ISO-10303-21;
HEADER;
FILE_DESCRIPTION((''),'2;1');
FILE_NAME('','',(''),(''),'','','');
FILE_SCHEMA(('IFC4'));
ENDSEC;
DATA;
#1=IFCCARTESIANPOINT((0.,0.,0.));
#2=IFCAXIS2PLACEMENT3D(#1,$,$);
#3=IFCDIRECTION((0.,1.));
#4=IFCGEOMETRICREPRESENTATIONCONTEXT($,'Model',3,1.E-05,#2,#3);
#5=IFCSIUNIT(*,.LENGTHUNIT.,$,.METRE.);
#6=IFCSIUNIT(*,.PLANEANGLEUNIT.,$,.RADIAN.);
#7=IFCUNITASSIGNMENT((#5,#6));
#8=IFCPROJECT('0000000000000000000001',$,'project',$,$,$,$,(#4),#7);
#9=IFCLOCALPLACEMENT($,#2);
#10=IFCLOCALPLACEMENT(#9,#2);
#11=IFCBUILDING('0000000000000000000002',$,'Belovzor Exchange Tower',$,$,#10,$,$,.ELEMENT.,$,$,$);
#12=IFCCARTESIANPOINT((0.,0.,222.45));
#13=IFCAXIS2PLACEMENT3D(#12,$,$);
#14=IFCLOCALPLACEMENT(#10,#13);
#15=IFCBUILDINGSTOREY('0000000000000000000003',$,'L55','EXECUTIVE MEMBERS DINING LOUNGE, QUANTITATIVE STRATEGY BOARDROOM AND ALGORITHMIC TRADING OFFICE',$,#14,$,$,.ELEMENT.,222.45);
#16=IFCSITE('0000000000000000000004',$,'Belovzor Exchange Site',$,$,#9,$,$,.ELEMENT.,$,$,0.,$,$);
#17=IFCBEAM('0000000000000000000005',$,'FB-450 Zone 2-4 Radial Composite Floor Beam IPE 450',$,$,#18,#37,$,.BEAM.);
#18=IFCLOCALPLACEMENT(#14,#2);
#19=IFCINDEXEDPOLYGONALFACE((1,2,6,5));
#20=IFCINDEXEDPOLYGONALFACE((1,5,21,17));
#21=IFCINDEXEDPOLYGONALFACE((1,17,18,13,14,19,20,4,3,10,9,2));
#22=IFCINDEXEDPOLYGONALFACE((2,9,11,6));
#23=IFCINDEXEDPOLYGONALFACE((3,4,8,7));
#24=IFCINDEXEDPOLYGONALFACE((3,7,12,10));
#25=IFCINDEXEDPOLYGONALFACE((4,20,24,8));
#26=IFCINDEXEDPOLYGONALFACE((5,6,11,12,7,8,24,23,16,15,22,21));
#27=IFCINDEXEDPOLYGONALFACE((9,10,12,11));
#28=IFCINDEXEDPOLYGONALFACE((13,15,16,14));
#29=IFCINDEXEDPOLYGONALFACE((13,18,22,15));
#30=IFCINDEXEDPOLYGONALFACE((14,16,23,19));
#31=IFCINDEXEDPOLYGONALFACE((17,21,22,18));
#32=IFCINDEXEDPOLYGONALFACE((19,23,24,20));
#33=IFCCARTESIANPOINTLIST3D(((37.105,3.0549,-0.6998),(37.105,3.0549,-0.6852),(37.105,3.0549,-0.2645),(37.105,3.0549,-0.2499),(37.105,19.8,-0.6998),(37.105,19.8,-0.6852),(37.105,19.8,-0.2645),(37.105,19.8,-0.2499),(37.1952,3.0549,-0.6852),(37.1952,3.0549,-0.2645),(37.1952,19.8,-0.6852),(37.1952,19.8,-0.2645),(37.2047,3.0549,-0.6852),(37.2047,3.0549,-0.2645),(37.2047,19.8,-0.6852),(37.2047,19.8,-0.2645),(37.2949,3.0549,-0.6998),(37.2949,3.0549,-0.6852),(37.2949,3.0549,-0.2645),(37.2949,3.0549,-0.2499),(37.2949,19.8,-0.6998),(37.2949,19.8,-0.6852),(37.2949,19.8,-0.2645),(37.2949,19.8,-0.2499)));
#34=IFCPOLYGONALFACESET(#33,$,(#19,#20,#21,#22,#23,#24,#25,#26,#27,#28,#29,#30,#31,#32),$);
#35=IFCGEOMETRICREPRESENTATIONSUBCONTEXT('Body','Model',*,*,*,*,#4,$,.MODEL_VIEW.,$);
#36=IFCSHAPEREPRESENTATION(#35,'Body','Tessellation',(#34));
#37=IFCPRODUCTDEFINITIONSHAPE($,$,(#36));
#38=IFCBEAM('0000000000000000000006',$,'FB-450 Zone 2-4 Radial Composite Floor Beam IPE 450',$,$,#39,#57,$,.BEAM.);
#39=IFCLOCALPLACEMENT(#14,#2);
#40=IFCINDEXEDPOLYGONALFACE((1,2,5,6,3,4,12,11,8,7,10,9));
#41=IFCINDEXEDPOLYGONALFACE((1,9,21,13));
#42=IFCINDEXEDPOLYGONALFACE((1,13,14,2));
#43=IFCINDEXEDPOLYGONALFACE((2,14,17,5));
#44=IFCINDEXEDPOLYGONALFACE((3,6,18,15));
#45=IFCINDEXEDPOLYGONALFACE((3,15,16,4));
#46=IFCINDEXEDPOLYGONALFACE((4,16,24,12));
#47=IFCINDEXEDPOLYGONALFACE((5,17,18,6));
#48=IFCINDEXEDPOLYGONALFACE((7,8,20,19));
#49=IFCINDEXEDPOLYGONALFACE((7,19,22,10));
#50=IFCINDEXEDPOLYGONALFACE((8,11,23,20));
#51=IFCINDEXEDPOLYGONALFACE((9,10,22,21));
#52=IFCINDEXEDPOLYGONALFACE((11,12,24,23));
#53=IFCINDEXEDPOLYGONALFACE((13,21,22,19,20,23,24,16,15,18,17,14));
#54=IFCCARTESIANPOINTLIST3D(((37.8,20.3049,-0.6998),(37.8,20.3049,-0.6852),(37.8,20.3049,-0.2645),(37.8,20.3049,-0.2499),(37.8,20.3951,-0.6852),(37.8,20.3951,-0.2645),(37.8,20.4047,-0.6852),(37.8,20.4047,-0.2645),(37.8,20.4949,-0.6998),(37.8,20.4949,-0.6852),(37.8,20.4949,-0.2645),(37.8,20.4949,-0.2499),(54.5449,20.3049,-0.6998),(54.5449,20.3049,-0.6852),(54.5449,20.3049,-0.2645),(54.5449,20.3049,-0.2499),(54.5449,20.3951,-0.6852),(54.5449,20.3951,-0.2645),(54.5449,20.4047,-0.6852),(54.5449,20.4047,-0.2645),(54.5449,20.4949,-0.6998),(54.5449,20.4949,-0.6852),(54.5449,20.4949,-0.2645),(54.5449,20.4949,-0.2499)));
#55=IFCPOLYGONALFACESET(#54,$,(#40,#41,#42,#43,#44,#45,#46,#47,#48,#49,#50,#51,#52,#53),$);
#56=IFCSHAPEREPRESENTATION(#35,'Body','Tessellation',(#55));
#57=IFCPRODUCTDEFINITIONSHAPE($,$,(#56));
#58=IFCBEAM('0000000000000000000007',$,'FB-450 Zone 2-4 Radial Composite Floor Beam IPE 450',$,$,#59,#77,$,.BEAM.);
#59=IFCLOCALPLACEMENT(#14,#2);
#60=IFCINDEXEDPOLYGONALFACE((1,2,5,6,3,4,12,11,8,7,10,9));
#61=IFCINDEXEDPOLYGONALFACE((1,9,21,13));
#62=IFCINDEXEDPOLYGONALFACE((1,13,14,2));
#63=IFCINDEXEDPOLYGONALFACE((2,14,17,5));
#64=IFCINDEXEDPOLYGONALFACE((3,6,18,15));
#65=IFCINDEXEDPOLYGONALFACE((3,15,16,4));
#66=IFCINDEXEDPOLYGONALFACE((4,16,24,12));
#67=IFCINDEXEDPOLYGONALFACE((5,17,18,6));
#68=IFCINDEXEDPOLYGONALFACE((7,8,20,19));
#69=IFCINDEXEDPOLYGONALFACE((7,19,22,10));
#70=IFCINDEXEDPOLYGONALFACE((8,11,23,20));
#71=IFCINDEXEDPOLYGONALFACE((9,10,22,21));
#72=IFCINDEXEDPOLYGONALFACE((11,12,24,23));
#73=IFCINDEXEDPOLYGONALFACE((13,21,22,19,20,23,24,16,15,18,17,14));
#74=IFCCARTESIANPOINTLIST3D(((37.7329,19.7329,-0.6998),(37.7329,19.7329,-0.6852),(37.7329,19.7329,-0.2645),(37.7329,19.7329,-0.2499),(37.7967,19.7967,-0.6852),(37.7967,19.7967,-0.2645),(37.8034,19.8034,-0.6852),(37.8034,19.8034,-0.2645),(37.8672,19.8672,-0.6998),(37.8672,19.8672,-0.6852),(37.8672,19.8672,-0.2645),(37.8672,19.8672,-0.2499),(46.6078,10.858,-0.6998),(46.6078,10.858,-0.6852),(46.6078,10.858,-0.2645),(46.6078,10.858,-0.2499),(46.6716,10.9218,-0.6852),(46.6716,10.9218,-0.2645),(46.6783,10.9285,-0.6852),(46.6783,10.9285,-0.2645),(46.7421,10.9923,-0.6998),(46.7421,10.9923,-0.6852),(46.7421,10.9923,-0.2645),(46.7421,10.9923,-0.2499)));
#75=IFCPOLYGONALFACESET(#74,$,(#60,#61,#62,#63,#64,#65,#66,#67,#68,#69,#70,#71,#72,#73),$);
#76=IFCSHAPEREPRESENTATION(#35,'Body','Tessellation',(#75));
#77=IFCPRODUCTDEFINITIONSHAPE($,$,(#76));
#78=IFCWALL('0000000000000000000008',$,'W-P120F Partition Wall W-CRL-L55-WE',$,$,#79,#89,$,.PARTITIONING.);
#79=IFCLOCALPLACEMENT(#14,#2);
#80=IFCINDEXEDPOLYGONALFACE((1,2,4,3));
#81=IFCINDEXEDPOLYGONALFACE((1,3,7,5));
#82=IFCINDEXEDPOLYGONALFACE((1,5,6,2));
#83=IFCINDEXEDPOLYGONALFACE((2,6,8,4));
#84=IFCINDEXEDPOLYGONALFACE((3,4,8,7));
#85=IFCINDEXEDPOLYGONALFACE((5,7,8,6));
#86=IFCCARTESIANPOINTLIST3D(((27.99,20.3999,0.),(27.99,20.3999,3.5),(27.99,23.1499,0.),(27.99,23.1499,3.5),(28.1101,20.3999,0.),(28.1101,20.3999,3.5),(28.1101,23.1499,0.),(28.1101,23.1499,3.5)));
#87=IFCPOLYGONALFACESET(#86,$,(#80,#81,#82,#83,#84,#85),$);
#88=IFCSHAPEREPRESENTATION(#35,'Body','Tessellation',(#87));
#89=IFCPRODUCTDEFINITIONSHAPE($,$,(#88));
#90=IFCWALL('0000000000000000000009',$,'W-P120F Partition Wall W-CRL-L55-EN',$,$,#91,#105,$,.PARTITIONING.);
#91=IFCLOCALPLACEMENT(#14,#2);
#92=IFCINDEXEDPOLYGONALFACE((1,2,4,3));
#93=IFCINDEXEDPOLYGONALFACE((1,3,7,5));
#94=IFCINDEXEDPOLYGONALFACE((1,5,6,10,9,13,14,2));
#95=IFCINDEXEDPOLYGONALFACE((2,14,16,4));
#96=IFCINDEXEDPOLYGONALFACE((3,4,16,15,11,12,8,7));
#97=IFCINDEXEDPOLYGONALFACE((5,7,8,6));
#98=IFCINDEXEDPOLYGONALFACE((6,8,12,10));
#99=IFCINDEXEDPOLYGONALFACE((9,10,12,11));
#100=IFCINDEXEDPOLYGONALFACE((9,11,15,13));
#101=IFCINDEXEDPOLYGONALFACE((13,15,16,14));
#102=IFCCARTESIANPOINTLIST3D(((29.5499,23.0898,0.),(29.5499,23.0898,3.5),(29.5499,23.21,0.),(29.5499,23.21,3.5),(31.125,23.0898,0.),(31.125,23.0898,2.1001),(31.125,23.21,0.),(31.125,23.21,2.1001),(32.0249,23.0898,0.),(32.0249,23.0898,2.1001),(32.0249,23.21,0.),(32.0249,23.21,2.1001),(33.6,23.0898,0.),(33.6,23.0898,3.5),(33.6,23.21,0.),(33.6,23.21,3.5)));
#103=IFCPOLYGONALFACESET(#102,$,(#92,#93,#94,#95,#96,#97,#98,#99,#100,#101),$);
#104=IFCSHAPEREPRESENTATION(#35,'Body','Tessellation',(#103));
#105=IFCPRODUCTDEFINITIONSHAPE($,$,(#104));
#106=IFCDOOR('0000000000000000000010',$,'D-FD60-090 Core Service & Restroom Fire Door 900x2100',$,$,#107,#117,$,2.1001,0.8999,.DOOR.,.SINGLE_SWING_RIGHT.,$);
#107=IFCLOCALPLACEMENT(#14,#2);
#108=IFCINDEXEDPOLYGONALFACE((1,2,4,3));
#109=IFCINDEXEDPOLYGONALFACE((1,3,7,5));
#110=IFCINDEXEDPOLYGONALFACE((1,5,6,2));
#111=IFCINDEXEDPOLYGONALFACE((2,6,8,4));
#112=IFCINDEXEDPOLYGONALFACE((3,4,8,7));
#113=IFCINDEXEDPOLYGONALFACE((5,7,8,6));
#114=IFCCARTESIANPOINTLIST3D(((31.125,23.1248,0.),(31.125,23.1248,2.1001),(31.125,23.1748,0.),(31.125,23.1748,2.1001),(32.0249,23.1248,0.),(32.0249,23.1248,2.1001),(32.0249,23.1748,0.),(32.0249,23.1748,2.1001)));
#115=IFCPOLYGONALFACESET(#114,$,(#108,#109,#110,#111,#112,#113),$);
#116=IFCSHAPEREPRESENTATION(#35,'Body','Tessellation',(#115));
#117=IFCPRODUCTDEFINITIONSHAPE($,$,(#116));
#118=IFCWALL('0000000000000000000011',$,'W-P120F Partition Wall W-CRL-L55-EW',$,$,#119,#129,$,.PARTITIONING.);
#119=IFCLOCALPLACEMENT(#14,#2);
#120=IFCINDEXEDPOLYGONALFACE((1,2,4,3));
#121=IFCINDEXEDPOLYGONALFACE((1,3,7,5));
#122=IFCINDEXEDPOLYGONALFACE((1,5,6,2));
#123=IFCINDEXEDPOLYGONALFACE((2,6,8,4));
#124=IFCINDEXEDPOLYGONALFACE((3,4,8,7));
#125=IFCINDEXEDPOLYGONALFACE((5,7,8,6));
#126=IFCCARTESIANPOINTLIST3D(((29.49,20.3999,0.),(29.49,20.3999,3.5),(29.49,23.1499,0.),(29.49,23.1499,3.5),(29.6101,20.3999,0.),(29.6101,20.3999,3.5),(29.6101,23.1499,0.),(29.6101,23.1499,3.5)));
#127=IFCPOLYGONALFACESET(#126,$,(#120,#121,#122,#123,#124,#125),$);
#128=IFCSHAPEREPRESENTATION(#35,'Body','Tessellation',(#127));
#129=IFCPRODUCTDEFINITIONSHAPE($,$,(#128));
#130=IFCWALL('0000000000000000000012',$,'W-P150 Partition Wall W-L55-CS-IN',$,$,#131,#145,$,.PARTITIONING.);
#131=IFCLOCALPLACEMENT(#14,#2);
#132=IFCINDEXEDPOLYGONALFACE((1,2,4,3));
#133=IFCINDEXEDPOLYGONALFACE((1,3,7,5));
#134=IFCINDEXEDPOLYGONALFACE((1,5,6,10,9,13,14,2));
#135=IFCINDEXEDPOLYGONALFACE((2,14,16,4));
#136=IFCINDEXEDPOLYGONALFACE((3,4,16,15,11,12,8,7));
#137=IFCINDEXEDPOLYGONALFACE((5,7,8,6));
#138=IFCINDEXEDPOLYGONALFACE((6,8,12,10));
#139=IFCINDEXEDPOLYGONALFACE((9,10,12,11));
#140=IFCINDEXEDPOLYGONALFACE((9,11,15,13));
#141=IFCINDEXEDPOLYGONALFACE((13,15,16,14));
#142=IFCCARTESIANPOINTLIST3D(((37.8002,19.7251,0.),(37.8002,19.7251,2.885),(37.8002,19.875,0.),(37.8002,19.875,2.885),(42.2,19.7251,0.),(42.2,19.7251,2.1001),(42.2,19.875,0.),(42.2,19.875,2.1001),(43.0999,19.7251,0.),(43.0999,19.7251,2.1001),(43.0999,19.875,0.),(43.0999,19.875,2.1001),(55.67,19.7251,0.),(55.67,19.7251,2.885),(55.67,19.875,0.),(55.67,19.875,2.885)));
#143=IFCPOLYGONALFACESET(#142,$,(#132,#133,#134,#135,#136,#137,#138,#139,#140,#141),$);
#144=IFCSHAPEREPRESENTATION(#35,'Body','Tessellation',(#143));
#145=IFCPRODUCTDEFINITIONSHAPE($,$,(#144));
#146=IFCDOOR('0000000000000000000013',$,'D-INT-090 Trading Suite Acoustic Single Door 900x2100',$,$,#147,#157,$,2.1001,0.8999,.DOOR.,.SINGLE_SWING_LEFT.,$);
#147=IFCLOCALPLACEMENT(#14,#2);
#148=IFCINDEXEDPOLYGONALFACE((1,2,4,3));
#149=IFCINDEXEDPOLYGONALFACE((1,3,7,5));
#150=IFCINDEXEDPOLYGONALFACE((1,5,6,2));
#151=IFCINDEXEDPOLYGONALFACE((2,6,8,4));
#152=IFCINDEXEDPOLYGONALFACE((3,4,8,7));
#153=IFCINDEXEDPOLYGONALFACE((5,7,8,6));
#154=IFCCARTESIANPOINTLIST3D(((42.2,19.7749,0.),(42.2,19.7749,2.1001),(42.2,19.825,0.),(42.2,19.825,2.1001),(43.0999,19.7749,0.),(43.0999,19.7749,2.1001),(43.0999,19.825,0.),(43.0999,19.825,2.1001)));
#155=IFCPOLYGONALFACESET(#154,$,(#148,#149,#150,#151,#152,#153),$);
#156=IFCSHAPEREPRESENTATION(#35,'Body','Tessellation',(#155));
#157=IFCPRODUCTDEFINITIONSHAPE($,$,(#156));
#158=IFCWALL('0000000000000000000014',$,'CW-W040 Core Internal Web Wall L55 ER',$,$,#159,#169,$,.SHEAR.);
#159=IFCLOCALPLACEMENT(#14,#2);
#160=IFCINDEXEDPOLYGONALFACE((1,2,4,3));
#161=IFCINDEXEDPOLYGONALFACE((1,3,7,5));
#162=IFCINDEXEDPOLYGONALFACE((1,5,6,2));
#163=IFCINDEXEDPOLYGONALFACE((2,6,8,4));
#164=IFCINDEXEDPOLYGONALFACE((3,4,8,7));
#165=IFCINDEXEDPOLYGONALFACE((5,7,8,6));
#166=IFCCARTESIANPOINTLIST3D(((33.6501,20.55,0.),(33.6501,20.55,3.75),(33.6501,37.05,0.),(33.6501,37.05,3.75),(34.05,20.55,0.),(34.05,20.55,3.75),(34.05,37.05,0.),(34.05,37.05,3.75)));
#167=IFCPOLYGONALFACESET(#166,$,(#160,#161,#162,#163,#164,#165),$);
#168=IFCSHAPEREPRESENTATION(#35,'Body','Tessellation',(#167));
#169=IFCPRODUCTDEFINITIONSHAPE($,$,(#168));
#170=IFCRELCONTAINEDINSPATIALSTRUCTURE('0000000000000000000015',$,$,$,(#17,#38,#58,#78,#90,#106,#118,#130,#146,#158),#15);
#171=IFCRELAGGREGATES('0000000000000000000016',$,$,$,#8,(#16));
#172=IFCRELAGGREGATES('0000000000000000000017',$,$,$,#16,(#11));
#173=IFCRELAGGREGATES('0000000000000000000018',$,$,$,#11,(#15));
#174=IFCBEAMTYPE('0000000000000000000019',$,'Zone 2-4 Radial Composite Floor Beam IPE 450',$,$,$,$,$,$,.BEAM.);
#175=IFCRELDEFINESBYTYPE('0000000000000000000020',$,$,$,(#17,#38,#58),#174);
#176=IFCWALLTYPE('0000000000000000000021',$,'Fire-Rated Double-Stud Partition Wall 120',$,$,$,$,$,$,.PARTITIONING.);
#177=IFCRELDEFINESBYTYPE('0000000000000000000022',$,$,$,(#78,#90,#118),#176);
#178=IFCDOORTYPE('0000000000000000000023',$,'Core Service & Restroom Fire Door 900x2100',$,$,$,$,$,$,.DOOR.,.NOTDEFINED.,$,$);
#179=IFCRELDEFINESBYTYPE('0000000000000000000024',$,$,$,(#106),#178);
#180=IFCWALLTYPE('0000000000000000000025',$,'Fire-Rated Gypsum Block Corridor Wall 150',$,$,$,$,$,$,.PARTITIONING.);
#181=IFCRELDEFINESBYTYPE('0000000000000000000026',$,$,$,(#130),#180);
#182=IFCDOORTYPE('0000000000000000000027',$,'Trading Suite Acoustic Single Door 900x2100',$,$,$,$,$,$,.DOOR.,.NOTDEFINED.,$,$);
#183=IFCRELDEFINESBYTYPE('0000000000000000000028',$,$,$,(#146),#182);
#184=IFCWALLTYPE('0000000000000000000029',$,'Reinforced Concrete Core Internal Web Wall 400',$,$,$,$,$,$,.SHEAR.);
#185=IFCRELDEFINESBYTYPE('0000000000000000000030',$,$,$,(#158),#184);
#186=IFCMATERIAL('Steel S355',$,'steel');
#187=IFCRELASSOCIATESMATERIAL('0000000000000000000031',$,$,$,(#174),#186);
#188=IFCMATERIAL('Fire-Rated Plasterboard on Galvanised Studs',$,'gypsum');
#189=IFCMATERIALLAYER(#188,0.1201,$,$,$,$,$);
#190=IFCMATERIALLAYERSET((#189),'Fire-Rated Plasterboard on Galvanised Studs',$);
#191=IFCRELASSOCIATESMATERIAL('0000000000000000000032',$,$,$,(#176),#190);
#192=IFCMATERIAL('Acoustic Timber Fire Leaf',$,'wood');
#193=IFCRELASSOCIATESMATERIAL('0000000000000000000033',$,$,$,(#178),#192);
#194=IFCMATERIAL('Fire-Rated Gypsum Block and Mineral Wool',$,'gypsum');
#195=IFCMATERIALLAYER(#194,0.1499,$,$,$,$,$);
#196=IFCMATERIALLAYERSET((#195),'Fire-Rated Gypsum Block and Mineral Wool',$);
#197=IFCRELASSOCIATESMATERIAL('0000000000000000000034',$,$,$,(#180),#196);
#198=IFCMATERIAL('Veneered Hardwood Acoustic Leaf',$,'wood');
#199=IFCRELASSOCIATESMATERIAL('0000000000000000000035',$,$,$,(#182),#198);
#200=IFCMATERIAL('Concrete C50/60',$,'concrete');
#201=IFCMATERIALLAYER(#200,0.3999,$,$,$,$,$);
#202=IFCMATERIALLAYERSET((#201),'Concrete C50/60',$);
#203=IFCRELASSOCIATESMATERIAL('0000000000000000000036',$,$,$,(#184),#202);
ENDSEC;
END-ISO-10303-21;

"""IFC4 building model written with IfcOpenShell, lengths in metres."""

from ifc_helpers import new_model, si_unit, direction, frame, frame_2d, origin, origin_2d, place, context, subcontext, project, spatial, rectangle, i_section, extrude, material, layer, layer_set, material_profile, profile_set, type_object, element, fill, save


model = new_model("IFC4")

# Units and contexts
model_context = context("Model", 3, precision=1e-05, world=origin(), true_north=direction((0.0, 1.0)))
body_context = subcontext(model_context, "Body", "Model", "MODEL_VIEW")
ifc_project = project(units=[si_unit("LENGTHUNIT", "METRE"), si_unit("PLANEANGLEUNIT", "RADIAN")], contexts=[model_context])

# Site, building, storey
site_placement = place(None, origin())
site = spatial("IfcSite", under=ifc_project, at=site_placement, Name="Belovzor Exchange Site", CompositionType="ELEMENT", RefElevation=0.0)
building_placement = place(site_placement, origin())
building = spatial("IfcBuilding", under=site, at=building_placement, Name="Belovzor Exchange Tower", CompositionType="ELEMENT")
storey_placement = place(building_placement, frame((0.0, 0.0, 222.45)))
storey = spatial("IfcBuildingStorey", under=building, at=storey_placement, Name="L55", Description="EXECUTIVE MEMBERS DINING LOUNGE, QUANTITATIVE STRATEGY BOARDROOM AND ALGORITHMIC TRADING OFFICE", CompositionType="ELEMENT", Elevation=222.45)

# Beams
ifc_material_1 = material(Name="Steel S355", Category="steel")
ifc_material_profile = material_profile(ifc_material_1, i_section(OverallWidth=0.1899, OverallDepth=0.45, WebThickness=0.0095, FlangeThickness=0.0146, at=origin_2d()))
ifc_profile_set = profile_set([ifc_material_profile], Name="Steel S355")
beam_type = type_object("IfcBeamType", Name="Zone 2-4 Radial Composite Floor Beam IPE 450", PredefinedType="BEAM", material=ifc_profile_set)
beam_1_placement = place(storey_placement, frame((37.2, 19.8, -0.4749), z_axis=(0.0, -1.0, 0.0), x_axis=(1.0, 0.0, 0.0)))
element("IfcBeam", 1, at=beam_1_placement, inside=storey, type_object=beam_type, Name="FB-450 Zone 2-4 Radial Composite Floor Beam IPE 450", PredefinedType="BEAM", context=body_context, shape_type="SweptSolid", body=[
    extrude(i_section(OverallWidth=0.1899, OverallDepth=0.45, WebThickness=0.0095, FlangeThickness=0.0146, at=origin_2d()), origin(), (0.0, 0.0, 1.0), 16.7451),
])
beam_2_placement = place(storey_placement, frame((37.8, 20.3999, -0.4749), z_axis=(1.0, 0.0, 0.0), x_axis=(0.0, 1.0, 0.0)))
element("IfcBeam", 2, at=beam_2_placement, inside=storey, type_object=beam_type, Name="FB-450 Zone 2-4 Radial Composite Floor Beam IPE 450", PredefinedType="BEAM", context=body_context, shape_type="SweptSolid", body=[
    extrude(i_section(OverallWidth=0.1899, OverallDepth=0.45, WebThickness=0.0095, FlangeThickness=0.0146, at=origin_2d()), origin(), (0.0, 0.0, 1.0), 16.7449),
])
beam_3_placement = place(storey_placement, frame((37.8, 19.8, -0.4749), z_axis=(0.707107, -0.707107, 0.0), x_axis=(0.707107, 0.707107, 0.0)))
element("IfcBeam", 3, at=beam_3_placement, inside=storey, type_object=beam_type, Name="FB-450 Zone 2-4 Radial Composite Floor Beam IPE 450", PredefinedType="BEAM", context=body_context, shape_type="SweptSolid", body=[
    extrude(i_section(OverallWidth=0.1899, OverallDepth=0.45, WebThickness=0.0095, FlangeThickness=0.0146, at=origin_2d()), origin(), (0.0, 0.0, 1.0), 12.551),
])

# Wall
ifc_material_2 = material(Name="Fire-Rated Plasterboard on Galvanised Studs", Category="gypsum")
ifc_layer_1 = layer(ifc_material_2, 0.1201)
ifc_layer_set_1 = layer_set([ifc_layer_1], Name="Fire-Rated Plasterboard on Galvanised Studs")
wall_type_1 = type_object("IfcWallType", Name="Fire-Rated Double-Stud Partition Wall 120", PredefinedType="PARTITIONING", material=ifc_layer_set_1)
wall_1_placement = place(storey_placement, frame((28.05, 20.3999, 0.0), z_axis=(0.0, 0.0, 1.0), x_axis=(0.0, 1.0, 0.0)))
element("IfcWall", 4, at=wall_1_placement, inside=storey, type_object=wall_type_1, Name="W-P120F Partition Wall W-CRL-L55-WE", PredefinedType="PARTITIONING", context=body_context, shape_type="SweptSolid", body=[
    extrude(rectangle(XDim=2.75, YDim=0.1201, at=frame_2d((1.375, 0.0))), origin(), (0.0, 0.0, 1.0), 3.5),
])

# Wall, opening, door
wall_2_placement = place(storey_placement, frame((29.55, 23.1499, 0.0), z_axis=(0.0, 0.0, 1.0), x_axis=(1.0, 0.0, 0.0)))
wall_2 = element("IfcWall", 5, at=wall_2_placement, inside=storey, type_object=wall_type_1, Name="W-P120F Partition Wall W-CRL-L55-EN", PredefinedType="PARTITIONING", context=body_context, shape_type="SweptSolid", body=[
    extrude(rectangle(XDim=4.05, YDim=0.1201, at=frame_2d((2.0249, 0.0))), origin(), (0.0, 0.0, 1.0), 3.5),
])
opening_1_placement = place(wall_2_placement, frame((1.575, 0.0, 0.0)))
opening_1 = element("IfcOpeningElement", 6, at=opening_1_placement, cuts=wall_2, PredefinedType="OPENING", context=body_context, shape_type="SweptSolid", body=[
    extrude(rectangle(XDim=0.8999, YDim=2.1001, at=frame_2d((0.45, 1.05))), frame((0.0, 0.0701, 0.0), z_axis=(0.0, -1.0, 0.0), x_axis=(1.0, 0.0, 0.0)), (0.0, 0.0, 1.0), 0.1401),
])
ifc_material_3 = material(Name="Acoustic Timber Fire Leaf", Category="wood")
door_type_1 = type_object("IfcDoorType", Name="Core Service & Restroom Fire Door 900x2100", OperationType="NOTDEFINED", PredefinedType="DOOR", material=ifc_material_3)
door_1_placement = place(opening_1_placement, origin())
door_1 = element("IfcDoor", 7, at=door_1_placement, inside=storey, type_object=door_type_1, Name="D-FD60-090 Core Service & Restroom Fire Door 900x2100", OperationType="SINGLE_SWING_RIGHT", OverallHeight=2.1001, OverallWidth=0.8999, PredefinedType="DOOR", context=body_context, shape_type="SweptSolid", body=[
    extrude(rectangle(XDim=0.8999, YDim=2.1001, at=frame_2d((0.45, 1.05))), frame((0.0, 0.0249, 0.0), z_axis=(0.0, -1.0, 0.0), x_axis=(1.0, 0.0, 0.0)), (0.0, 0.0, 1.0), 0.05),
])
fill(opening_1, door_1)

# Wall
wall_3_placement = place(storey_placement, frame((29.55, 20.3999, 0.0), z_axis=(0.0, 0.0, 1.0), x_axis=(0.0, 1.0, 0.0)))
element("IfcWall", 8, at=wall_3_placement, inside=storey, type_object=wall_type_1, Name="W-P120F Partition Wall W-CRL-L55-EW", PredefinedType="PARTITIONING", context=body_context, shape_type="SweptSolid", body=[
    extrude(rectangle(XDim=2.75, YDim=0.1201, at=frame_2d((1.375, 0.0))), origin(), (0.0, 0.0, 1.0), 3.5),
])

# Wall, opening, door
ifc_material_4 = material(Name="Fire-Rated Gypsum Block and Mineral Wool", Category="gypsum")
ifc_layer_2 = layer(ifc_material_4, 0.1499)
ifc_layer_set_2 = layer_set([ifc_layer_2], Name="Fire-Rated Gypsum Block and Mineral Wool")
wall_type_2 = type_object("IfcWallType", Name="Fire-Rated Gypsum Block Corridor Wall 150", PredefinedType="PARTITIONING", material=ifc_layer_set_2)
wall_4_placement = place(storey_placement, frame((37.8, 19.8, 0.0), z_axis=(0.0, 0.0, 1.0), x_axis=(1.0, 0.0, 0.0)))
wall_4 = element("IfcWall", 9, at=wall_4_placement, inside=storey, type_object=wall_type_2, Name="W-P150 Partition Wall W-L55-CS-IN", PredefinedType="PARTITIONING", context=body_context, shape_type="SweptSolid", body=[
    extrude(rectangle(XDim=17.8699, YDim=0.1499, at=frame_2d((8.9351, 0.0))), origin(), (0.0, 0.0, 1.0), 2.885),
])
opening_2_placement = place(wall_4_placement, frame((4.3999, 0.0, 0.0)))
opening_2 = element("IfcOpeningElement", 10, at=opening_2_placement, cuts=wall_4, PredefinedType="OPENING", context=body_context, shape_type="SweptSolid", body=[
    extrude(rectangle(XDim=0.8999, YDim=2.1001, at=frame_2d((0.45, 1.05))), frame((0.0, 0.085, 0.0), z_axis=(0.0, -1.0, 0.0), x_axis=(1.0, 0.0, 0.0)), (0.0, 0.0, 1.0), 0.1699),
])
ifc_material_5 = material(Name="Veneered Hardwood Acoustic Leaf", Category="wood")
door_type_2 = type_object("IfcDoorType", Name="Trading Suite Acoustic Single Door 900x2100", OperationType="NOTDEFINED", PredefinedType="DOOR", material=ifc_material_5)
door_2_placement = place(opening_2_placement, origin())
door_2 = element("IfcDoor", 11, at=door_2_placement, inside=storey, type_object=door_type_2, Name="D-INT-090 Trading Suite Acoustic Single Door 900x2100", OperationType="SINGLE_SWING_LEFT", OverallHeight=2.1001, OverallWidth=0.8999, PredefinedType="DOOR", context=body_context, shape_type="SweptSolid", body=[
    extrude(rectangle(XDim=0.8999, YDim=2.1001, at=frame_2d((0.45, 1.05))), frame((0.0, 0.0249, 0.0), z_axis=(0.0, -1.0, 0.0), x_axis=(1.0, 0.0, 0.0)), (0.0, 0.0, 1.0), 0.05),
])
fill(opening_2, door_2)

# Wall
ifc_material_6 = material(Name="Concrete C50/60", Category="concrete")
ifc_layer_3 = layer(ifc_material_6, 0.3999)
ifc_layer_set_3 = layer_set([ifc_layer_3], Name="Concrete C50/60")
wall_type_3 = type_object("IfcWallType", Name="Reinforced Concrete Core Internal Web Wall 400", PredefinedType="SHEAR", material=ifc_layer_set_3)
wall_5_placement = place(storey_placement, frame((33.8501, 20.55, 0.0), z_axis=(0.0, 0.0, 1.0), x_axis=(0.0, 1.0, 0.0)))
element("IfcWall", 12, at=wall_5_placement, inside=storey, type_object=wall_type_3, Name="CW-W040 Core Internal Web Wall L55 ER", PredefinedType="SHEAR", context=body_context, shape_type="SweptSolid", body=[
    extrude(rectangle(XDim=16.5, YDim=0.3999, at=frame_2d((8.25, 0.0))), origin(), (0.0, 0.0, 1.0), 3.75),
])

save(model, "model.ifc")
